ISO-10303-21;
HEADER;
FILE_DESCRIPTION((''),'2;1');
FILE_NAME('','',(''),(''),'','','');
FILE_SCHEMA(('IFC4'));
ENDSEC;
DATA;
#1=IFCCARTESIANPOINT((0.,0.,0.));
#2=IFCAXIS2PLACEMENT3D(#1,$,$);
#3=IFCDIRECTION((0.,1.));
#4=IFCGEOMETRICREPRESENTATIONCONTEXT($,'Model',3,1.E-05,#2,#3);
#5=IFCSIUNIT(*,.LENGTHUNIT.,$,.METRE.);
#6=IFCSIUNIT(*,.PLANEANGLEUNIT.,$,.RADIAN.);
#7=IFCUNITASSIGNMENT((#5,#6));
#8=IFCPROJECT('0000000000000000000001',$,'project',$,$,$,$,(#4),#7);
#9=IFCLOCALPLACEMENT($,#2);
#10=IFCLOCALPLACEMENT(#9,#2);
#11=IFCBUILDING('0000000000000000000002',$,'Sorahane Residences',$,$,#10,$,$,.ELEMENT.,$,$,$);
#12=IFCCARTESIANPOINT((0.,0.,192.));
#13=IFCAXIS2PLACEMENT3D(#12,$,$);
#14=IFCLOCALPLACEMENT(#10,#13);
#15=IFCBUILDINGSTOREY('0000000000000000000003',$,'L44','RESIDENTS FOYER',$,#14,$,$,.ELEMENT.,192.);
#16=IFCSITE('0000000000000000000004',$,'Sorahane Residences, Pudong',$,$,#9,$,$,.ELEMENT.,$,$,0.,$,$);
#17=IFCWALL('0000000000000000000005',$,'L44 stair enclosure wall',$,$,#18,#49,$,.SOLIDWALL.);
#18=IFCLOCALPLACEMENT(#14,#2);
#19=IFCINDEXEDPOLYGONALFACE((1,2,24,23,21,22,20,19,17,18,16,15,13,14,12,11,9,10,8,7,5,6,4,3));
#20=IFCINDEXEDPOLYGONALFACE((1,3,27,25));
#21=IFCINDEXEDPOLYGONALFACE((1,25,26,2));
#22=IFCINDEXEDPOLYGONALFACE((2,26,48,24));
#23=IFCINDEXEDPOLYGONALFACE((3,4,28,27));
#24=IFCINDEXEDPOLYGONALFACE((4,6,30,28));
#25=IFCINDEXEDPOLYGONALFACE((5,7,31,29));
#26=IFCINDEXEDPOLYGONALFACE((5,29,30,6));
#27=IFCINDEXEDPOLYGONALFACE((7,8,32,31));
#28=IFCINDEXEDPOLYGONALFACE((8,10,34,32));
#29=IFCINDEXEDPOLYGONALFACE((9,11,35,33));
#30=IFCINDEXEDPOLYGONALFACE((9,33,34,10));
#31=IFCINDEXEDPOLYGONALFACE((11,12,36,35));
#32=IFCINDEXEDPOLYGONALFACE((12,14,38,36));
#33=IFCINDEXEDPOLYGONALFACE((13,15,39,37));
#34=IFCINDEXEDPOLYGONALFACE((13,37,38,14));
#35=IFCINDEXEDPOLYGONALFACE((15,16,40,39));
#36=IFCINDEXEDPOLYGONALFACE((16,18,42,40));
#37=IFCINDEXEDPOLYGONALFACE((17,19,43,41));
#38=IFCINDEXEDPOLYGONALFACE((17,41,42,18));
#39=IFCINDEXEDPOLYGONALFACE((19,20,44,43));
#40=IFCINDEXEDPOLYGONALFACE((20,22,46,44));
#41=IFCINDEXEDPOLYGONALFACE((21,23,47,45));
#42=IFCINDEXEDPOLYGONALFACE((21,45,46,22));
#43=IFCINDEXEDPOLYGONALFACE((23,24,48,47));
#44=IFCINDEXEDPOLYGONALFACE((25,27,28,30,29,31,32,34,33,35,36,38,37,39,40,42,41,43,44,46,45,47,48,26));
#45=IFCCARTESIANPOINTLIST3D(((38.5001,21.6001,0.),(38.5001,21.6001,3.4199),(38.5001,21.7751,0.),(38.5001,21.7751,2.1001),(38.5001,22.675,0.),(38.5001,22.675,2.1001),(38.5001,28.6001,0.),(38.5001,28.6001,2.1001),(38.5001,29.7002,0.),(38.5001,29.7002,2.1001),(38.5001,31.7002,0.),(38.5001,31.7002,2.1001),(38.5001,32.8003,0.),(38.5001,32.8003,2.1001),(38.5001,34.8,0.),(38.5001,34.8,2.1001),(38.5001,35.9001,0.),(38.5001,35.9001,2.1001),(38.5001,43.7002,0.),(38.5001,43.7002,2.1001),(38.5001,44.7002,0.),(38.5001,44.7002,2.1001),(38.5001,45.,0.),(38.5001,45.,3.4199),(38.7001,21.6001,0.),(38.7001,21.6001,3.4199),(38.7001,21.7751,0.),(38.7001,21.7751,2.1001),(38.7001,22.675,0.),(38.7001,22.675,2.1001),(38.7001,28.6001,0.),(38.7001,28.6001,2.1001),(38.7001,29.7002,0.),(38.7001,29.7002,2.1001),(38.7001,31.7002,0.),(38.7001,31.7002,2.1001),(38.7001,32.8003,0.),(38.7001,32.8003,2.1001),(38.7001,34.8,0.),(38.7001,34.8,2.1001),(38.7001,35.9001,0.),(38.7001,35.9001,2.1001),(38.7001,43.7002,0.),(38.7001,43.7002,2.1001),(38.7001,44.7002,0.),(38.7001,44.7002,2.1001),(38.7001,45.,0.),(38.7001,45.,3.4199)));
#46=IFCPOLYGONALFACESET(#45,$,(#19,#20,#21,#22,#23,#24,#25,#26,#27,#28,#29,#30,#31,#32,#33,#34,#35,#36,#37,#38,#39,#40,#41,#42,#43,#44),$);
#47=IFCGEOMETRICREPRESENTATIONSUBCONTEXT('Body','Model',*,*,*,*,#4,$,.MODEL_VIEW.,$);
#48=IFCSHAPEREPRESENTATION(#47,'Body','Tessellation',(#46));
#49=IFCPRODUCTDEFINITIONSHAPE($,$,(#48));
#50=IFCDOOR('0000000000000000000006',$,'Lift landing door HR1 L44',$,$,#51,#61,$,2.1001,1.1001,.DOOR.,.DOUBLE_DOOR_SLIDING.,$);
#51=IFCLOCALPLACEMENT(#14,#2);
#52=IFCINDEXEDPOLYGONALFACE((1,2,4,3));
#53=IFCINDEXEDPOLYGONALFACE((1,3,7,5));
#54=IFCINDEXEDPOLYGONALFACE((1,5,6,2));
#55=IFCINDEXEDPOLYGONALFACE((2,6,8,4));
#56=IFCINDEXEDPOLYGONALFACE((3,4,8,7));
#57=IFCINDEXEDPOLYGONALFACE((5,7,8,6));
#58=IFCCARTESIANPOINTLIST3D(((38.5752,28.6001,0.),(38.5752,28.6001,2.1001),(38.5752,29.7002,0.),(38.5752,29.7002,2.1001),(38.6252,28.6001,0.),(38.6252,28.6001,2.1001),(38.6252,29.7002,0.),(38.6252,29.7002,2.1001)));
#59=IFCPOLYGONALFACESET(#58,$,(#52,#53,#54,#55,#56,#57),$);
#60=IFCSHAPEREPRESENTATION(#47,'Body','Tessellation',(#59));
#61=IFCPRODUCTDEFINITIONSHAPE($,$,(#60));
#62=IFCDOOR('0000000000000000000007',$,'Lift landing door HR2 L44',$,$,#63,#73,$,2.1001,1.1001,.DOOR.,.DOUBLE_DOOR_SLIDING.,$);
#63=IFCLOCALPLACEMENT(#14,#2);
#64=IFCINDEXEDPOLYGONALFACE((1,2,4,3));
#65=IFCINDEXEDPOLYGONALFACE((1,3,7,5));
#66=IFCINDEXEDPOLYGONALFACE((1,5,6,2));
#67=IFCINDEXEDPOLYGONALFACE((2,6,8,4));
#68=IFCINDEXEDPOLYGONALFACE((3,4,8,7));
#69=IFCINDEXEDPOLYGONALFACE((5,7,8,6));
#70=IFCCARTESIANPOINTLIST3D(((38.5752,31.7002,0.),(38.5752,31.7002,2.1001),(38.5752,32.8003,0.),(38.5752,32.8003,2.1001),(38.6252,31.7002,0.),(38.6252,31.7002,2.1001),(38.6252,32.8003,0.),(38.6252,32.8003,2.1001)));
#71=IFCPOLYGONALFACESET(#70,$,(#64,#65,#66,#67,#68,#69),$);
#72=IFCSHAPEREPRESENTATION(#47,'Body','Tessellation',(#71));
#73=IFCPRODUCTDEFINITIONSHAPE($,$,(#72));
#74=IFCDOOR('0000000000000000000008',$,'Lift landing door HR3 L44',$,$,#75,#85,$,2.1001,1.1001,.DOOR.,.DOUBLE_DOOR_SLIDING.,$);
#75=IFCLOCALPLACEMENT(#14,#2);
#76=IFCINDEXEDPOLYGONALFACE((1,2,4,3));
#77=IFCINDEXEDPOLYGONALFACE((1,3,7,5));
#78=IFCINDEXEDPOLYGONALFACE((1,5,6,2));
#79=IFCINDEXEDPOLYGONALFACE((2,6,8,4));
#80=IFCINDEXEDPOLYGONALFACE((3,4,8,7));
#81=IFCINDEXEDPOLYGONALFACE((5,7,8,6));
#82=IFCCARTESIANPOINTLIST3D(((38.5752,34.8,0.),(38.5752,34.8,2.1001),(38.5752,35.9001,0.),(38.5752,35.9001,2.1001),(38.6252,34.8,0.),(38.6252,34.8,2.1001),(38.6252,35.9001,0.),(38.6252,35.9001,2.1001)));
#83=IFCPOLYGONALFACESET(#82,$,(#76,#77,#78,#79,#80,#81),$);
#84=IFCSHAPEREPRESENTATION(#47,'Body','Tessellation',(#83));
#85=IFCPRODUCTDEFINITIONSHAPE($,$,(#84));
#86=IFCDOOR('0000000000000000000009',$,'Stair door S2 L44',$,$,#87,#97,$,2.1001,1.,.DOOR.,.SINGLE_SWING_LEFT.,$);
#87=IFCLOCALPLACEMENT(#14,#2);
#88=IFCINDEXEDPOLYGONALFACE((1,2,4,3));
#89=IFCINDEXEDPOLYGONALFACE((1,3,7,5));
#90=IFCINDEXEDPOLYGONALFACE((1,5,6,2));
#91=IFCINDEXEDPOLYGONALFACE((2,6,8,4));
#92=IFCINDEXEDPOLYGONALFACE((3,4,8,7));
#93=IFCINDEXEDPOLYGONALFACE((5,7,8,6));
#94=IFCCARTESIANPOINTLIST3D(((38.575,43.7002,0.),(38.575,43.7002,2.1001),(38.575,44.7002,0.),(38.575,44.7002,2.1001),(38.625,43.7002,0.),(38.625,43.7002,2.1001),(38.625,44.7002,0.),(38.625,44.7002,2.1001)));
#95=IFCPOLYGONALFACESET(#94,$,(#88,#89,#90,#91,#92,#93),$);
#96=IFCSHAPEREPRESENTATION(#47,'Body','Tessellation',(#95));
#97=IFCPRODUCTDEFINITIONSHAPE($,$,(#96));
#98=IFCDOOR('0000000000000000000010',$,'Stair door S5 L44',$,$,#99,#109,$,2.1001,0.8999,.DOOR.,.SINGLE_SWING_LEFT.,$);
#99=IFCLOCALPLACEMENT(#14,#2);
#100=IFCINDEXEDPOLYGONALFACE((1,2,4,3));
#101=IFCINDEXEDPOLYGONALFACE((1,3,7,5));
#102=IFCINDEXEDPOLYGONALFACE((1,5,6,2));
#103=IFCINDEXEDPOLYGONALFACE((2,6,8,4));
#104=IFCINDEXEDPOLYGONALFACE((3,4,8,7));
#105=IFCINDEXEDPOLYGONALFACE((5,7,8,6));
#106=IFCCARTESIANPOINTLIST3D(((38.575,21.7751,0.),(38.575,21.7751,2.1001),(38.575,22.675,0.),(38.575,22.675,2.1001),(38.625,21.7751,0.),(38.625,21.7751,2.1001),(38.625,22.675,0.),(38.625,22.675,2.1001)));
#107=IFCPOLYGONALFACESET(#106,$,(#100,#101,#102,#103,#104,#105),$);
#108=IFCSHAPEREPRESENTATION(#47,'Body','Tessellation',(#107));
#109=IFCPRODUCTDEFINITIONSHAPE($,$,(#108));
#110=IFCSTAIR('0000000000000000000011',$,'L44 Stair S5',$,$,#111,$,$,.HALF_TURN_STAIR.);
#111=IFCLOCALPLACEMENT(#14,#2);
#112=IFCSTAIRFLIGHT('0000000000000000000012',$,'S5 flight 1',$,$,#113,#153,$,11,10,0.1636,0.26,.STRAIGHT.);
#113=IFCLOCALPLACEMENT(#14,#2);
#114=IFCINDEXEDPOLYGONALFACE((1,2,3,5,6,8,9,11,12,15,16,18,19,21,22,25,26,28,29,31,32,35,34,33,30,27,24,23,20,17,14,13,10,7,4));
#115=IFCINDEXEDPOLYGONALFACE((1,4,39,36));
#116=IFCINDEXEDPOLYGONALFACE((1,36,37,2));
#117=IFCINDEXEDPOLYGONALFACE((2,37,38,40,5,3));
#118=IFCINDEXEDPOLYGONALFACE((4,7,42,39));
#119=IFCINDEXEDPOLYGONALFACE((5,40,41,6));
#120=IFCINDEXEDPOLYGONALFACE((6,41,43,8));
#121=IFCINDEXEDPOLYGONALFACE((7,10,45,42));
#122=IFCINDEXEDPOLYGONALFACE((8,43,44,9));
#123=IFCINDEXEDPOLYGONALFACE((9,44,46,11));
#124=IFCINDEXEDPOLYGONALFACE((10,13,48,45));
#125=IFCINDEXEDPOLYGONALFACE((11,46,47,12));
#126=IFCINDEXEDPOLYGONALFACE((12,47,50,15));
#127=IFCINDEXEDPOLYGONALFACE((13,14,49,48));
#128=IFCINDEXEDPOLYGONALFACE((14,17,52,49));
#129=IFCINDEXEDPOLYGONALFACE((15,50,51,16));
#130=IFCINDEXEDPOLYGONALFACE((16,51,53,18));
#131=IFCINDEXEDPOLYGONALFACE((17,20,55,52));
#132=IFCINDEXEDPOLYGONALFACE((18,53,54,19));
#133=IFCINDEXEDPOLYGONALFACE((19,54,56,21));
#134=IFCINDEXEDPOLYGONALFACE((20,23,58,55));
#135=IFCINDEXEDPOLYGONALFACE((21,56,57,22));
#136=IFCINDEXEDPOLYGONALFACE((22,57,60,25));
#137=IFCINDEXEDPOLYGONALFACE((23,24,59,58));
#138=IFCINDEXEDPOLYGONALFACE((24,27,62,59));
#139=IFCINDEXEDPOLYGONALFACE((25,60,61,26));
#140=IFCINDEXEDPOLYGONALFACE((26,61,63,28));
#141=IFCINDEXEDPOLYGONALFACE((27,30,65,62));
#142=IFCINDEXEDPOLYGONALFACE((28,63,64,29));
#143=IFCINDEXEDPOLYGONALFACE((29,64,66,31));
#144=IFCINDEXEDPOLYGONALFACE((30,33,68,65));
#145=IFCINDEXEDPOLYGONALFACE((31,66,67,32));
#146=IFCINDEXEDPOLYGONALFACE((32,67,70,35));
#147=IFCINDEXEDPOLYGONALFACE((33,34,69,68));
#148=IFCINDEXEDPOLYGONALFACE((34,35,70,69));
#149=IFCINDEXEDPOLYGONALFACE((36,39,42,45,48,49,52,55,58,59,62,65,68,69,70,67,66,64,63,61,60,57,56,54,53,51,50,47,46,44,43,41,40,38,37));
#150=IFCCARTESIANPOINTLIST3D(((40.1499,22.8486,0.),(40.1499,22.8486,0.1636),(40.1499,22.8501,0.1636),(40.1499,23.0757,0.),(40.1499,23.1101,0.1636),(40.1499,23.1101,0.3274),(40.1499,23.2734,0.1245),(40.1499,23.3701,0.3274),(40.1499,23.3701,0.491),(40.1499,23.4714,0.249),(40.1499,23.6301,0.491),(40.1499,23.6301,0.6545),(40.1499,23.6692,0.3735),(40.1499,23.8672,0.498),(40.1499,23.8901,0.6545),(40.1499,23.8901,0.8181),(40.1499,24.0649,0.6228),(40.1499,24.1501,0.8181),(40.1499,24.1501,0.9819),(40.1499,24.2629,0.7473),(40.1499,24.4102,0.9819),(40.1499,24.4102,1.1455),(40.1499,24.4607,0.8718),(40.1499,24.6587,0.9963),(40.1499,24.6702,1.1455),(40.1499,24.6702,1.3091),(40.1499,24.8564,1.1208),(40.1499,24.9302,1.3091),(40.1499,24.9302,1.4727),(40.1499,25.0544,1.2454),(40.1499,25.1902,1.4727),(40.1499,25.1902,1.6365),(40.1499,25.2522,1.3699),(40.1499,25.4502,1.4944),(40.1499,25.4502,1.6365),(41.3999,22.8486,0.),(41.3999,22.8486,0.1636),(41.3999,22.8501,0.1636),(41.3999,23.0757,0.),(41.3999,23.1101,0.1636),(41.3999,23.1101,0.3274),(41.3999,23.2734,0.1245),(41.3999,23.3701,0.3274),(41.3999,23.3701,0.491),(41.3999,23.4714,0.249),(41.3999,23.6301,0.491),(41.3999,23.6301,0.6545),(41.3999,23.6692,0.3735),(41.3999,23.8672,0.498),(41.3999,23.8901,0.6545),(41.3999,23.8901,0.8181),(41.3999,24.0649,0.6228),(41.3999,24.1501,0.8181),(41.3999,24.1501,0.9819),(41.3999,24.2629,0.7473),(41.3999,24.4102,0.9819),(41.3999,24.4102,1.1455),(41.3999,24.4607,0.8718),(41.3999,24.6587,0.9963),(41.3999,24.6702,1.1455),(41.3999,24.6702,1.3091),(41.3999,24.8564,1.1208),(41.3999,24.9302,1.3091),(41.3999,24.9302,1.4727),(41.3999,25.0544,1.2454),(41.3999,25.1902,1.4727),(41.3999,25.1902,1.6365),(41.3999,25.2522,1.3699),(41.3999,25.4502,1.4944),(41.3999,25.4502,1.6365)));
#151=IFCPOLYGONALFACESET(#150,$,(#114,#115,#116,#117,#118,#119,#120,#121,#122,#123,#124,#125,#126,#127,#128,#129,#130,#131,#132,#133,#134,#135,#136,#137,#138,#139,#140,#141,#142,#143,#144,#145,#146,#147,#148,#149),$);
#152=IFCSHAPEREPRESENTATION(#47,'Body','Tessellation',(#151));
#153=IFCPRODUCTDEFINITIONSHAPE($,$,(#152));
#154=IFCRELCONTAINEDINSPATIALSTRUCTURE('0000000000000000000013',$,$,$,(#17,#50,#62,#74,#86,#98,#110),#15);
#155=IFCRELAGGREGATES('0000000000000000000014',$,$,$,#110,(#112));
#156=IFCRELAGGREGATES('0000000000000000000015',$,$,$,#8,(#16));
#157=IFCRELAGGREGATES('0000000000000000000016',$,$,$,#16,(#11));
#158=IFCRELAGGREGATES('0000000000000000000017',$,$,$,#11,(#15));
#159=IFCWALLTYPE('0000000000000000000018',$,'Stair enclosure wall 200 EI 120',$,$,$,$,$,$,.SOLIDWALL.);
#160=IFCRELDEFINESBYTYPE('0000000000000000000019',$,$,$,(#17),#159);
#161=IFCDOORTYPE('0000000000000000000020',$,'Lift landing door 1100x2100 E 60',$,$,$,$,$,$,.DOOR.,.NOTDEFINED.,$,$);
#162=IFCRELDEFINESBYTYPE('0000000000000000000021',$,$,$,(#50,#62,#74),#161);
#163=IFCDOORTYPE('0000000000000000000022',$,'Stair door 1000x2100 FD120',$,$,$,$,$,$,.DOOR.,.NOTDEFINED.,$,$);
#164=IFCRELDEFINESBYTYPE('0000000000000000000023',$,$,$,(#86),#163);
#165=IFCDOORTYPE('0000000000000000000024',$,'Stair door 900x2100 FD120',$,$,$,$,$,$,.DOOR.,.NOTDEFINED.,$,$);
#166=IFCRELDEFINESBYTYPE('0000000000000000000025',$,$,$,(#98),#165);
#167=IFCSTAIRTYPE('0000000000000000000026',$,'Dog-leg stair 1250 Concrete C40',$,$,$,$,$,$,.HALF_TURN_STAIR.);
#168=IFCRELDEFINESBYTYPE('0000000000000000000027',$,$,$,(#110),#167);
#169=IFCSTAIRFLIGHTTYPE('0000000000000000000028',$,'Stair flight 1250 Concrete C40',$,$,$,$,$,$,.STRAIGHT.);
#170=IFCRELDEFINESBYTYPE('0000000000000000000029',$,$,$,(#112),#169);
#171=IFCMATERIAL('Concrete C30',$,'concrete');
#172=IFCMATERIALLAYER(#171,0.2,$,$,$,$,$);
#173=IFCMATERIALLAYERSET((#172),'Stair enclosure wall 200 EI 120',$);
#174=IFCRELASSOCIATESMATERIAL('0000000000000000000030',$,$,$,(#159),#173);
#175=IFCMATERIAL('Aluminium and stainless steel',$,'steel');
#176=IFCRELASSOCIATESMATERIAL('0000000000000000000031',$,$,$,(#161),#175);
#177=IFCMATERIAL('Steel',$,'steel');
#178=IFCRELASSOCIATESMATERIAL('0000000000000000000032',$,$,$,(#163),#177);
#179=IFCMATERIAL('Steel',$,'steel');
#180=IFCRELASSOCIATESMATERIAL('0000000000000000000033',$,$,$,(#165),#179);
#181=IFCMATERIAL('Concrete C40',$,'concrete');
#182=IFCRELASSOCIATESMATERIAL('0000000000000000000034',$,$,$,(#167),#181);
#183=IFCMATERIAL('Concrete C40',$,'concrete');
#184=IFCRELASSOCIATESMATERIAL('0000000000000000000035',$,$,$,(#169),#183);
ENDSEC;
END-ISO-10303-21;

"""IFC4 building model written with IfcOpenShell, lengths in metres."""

from ifc_helpers import new_model, si_unit, direction, frame, frame_2d, origin, place, context, subcontext, project, spatial, polyline, rectangle, outline, extrude, material, layer, layer_set, type_object, element, fill, aggregate, save


model = new_model("IFC4")

# Units and contexts
model_context = context("Model", 3, precision=1e-05, world=origin(), true_north=direction((0.0, 1.0)))
body_context = subcontext(model_context, "Body", "Model", "MODEL_VIEW")
ifc_project = project(units=[si_unit("LENGTHUNIT", "METRE"), si_unit("PLANEANGLEUNIT", "RADIAN")], contexts=[model_context])

# Site, building, storey
site_placement = place(None, origin())
site = spatial("IfcSite", under=ifc_project, at=site_placement, Name="Sorahane Residences, Pudong", CompositionType="ELEMENT", RefElevation=0.0)
building_placement = place(site_placement, origin())
building = spatial("IfcBuilding", under=site, at=building_placement, Name="Sorahane Residences", CompositionType="ELEMENT")
storey_placement = place(building_placement, frame((0.0, 0.0, 192.0)))
storey = spatial("IfcBuildingStorey", under=building, at=storey_placement, Name="L44", Description="RESIDENTS FOYER", CompositionType="ELEMENT", Elevation=192.0)

# Wall, openings, doors
ifc_material_1 = material(Name="Concrete C30", Category="concrete")
ifc_layer_1 = layer(ifc_material_1, 0.2)
ifc_layer_set_1 = layer_set([ifc_layer_1], Name="Stair enclosure wall 200 EI 120")
wall_type_1 = type_object("IfcWallType", Name="Stair enclosure wall 200 EI 120", PredefinedType="SOLIDWALL", material=ifc_layer_set_1)
wall_1_placement = place(storey_placement, frame((38.6001, 21.6001, 0.0), z_axis=(0.0, 0.0, 1.0), x_axis=(0.0, 1.0, 0.0)))
wall_1 = element("IfcWall", 1, at=wall_1_placement, inside=storey, type_object=wall_type_1, Name="L44 stair enclosure wall", PredefinedType="SOLIDWALL", context=body_context, shape_type="SweptSolid", body=[
    extrude(rectangle(XDim=23.3999, YDim=0.2, at=frame_2d((11.7, 0.0))), origin(), (0.0, 0.0, 1.0), 3.4199),
])
opening_1_placement = place(wall_1_placement, frame((7.0, 0.0, 0.0)))
opening_1 = element("IfcOpeningElement", 2, at=opening_1_placement, cuts=wall_1, PredefinedType="OPENING", context=body_context, shape_type="SweptSolid", body=[
    extrude(rectangle(XDim=1.1001, YDim=2.1001, at=frame_2d((0.55, 1.05))), frame((0.0, 0.1099, 0.0), z_axis=(0.0, -1.0, 0.0), x_axis=(1.0, 0.0, 0.0)), (0.0, 0.0, 1.0), 0.22),
])
opening_2_placement = place(wall_1_placement, frame((10.1001, 0.0, 0.0)))
opening_2 = element("IfcOpeningElement", 3, at=opening_2_placement, cuts=wall_1, PredefinedType="OPENING", context=body_context, shape_type="SweptSolid", body=[
    extrude(rectangle(XDim=1.1001, YDim=2.1001, at=frame_2d((0.55, 1.05))), frame((0.0, 0.1099, 0.0), z_axis=(0.0, -1.0, 0.0), x_axis=(1.0, 0.0, 0.0)), (0.0, 0.0, 1.0), 0.22),
])
opening_3_placement = place(wall_1_placement, frame((13.2, 0.0, 0.0)))
opening_3 = element("IfcOpeningElement", 4, at=opening_3_placement, cuts=wall_1, PredefinedType="OPENING", context=body_context, shape_type="SweptSolid", body=[
    extrude(rectangle(XDim=1.1001, YDim=2.1001, at=frame_2d((0.55, 1.05))), frame((0.0, 0.1099, 0.0), z_axis=(0.0, -1.0, 0.0), x_axis=(1.0, 0.0, 0.0)), (0.0, 0.0, 1.0), 0.22),
])
opening_4_placement = place(wall_1_placement, frame((22.1001, 0.0, 0.0)))
opening_4 = element("IfcOpeningElement", 5, at=opening_4_placement, cuts=wall_1, PredefinedType="OPENING", context=body_context, shape_type="SweptSolid", body=[
    extrude(rectangle(XDim=1.0, YDim=2.1001, at=frame_2d((0.5, 1.05))), frame((0.0, 0.1099, 0.0), z_axis=(0.0, -1.0, 0.0), x_axis=(1.0, 0.0, 0.0)), (0.0, 0.0, 1.0), 0.22),
])
opening_5_placement = place(wall_1_placement, frame((0.175, 0.0, 0.0)))
opening_5 = element("IfcOpeningElement", 6, at=opening_5_placement, cuts=wall_1, PredefinedType="OPENING", context=body_context, shape_type="SweptSolid", body=[
    extrude(rectangle(XDim=0.8999, YDim=2.1001, at=frame_2d((0.45, 1.05))), frame((0.0, 0.1099, 0.0), z_axis=(0.0, -1.0, 0.0), x_axis=(1.0, 0.0, 0.0)), (0.0, 0.0, 1.0), 0.22),
])
ifc_material_2 = material(Name="Aluminium and stainless steel", Category="steel")
door_type_1 = type_object("IfcDoorType", Name="Lift landing door 1100x2100 E 60", OperationType="NOTDEFINED", PredefinedType="DOOR", material=ifc_material_2)
door_1_placement = place(opening_1_placement, origin())
door_1 = element("IfcDoor", 7, at=door_1_placement, inside=storey, type_object=door_type_1, Name="Lift landing door HR1 L44", OperationType="DOUBLE_DOOR_SLIDING", OverallHeight=2.1001, OverallWidth=1.1001, PredefinedType="DOOR", context=body_context, shape_type="SweptSolid", body=[
    extrude(rectangle(XDim=1.1001, YDim=2.1001, at=frame_2d((0.55, 1.05))), frame((0.0, 0.0249, 0.0), z_axis=(0.0, -1.0, 0.0), x_axis=(1.0, 0.0, 0.0)), (0.0, 0.0, 1.0), 0.05),
])
fill(opening_1, door_1)
door_2_placement = place(opening_2_placement, origin())
door_2 = element("IfcDoor", 8, at=door_2_placement, inside=storey, type_object=door_type_1, Name="Lift landing door HR2 L44", OperationType="DOUBLE_DOOR_SLIDING", OverallHeight=2.1001, OverallWidth=1.1001, PredefinedType="DOOR", context=body_context, shape_type="SweptSolid", body=[
    extrude(rectangle(XDim=1.1001, YDim=2.1001, at=frame_2d((0.55, 1.05))), frame((0.0, 0.0249, 0.0), z_axis=(0.0, -1.0, 0.0), x_axis=(1.0, 0.0, 0.0)), (0.0, 0.0, 1.0), 0.05),
])
fill(opening_2, door_2)
door_3_placement = place(opening_3_placement, origin())
door_3 = element("IfcDoor", 9, at=door_3_placement, inside=storey, type_object=door_type_1, Name="Lift landing door HR3 L44", OperationType="DOUBLE_DOOR_SLIDING", OverallHeight=2.1001, OverallWidth=1.1001, PredefinedType="DOOR", context=body_context, shape_type="SweptSolid", body=[
    extrude(rectangle(XDim=1.1001, YDim=2.1001, at=frame_2d((0.55, 1.05))), frame((0.0, 0.0249, 0.0), z_axis=(0.0, -1.0, 0.0), x_axis=(1.0, 0.0, 0.0)), (0.0, 0.0, 1.0), 0.05),
])
fill(opening_3, door_3)
ifc_material_3 = material(Name="Steel", Category="steel")
door_type_2 = type_object("IfcDoorType", Name="Stair door 1000x2100 FD120", OperationType="NOTDEFINED", PredefinedType="DOOR", material=ifc_material_3)
door_4_placement = place(opening_4_placement, frame((1.0, 0.0, 0.0), z_axis=(0.0, 0.0, 1.0), x_axis=(-1.0, 0.0, 0.0)))
door_4 = element("IfcDoor", 10, at=door_4_placement, inside=storey, type_object=door_type_2, Name="Stair door S2 L44", OperationType="SINGLE_SWING_LEFT", OverallHeight=2.1001, OverallWidth=1.0, PredefinedType="DOOR", context=body_context, shape_type="SweptSolid", body=[
    extrude(rectangle(XDim=1.0, YDim=2.1001, at=frame_2d((0.5, 1.05))), frame((0.0, 0.0249, 0.0), z_axis=(0.0, -1.0, 0.0), x_axis=(1.0, 0.0, 0.0)), (0.0, 0.0, 1.0), 0.05),
])
fill(opening_4, door_4)
ifc_material_4 = material(Name="Steel", Category="steel")
door_type_3 = type_object("IfcDoorType", Name="Stair door 900x2100 FD120", OperationType="NOTDEFINED", PredefinedType="DOOR", material=ifc_material_4)
door_5_placement = place(opening_5_placement, frame((0.8999, 0.0, 0.0), z_axis=(0.0, 0.0, 1.0), x_axis=(-1.0, 0.0, 0.0)))
door_5 = element("IfcDoor", 11, at=door_5_placement, inside=storey, type_object=door_type_3, Name="Stair door S5 L44", OperationType="SINGLE_SWING_LEFT", OverallHeight=2.1001, OverallWidth=0.8999, PredefinedType="DOOR", context=body_context, shape_type="SweptSolid", body=[
    extrude(rectangle(XDim=0.8999, YDim=2.1001, at=frame_2d((0.45, 1.05))), frame((0.0, 0.0249, 0.0), z_axis=(0.0, -1.0, 0.0), x_axis=(1.0, 0.0, 0.0)), (0.0, 0.0, 1.0), 0.05),
])
fill(opening_5, door_5)

# Stair, stair flight
ifc_material_5 = material(Name="Concrete C40", Category="concrete")
stair_type = type_object("IfcStairType", Name="Dog-leg stair 1250 Concrete C40", PredefinedType="HALF_TURN_STAIR", material=ifc_material_5)
stair_placement = place(storey_placement, origin())
stair = element("IfcStair", 12, at=stair_placement, inside=storey, type_object=stair_type, Name="L44 Stair S5", PredefinedType="HALF_TURN_STAIR")
ifc_material_6 = material(Name="Concrete C40", Category="concrete")
stair_flight_type = type_object("IfcStairFlightType", Name="Stair flight 1250 Concrete C40", PredefinedType="STRAIGHT", material=ifc_material_6)
stair_flight_placement = place(storey_placement, frame((40.7749, 22.8501, 0.0), z_axis=(0.0, 0.0, 1.0), x_axis=(0.0, 1.0, 0.0)))
stair_flight = element("IfcStairFlight", 13, at=stair_flight_placement, type_object=stair_flight_type, Name="S5 flight 1", NumberOfRisers=11, NumberOfTreads=10, PredefinedType="STRAIGHT", RiserHeight=0.1636, TreadLength=0.26, context=body_context, shape_type="SweptSolid", body=[
    extrude(outline(polyline([(-0.0015, 0.0), (-0.0015, 0.1636), (0.0, 0.1636), (0.26, 0.1636), (0.26, 0.3274), (0.52, 0.3274), (0.52, 0.491), (0.78, 0.491), (0.78, 0.6545), (1.04, 0.6545), (1.04, 0.8181), (1.3, 0.8181), (1.3, 0.9819), (1.5601, 0.9819), (1.5601, 1.1455), (1.8201, 1.1455), (1.8201, 1.3091), (2.0801, 1.3091), (2.0801, 1.4727), (2.3401, 1.4727), (2.3401, 1.6365), (2.6001, 1.6365), (2.6001, 1.8), (2.6001, 1.4944), (2.4021, 1.3699), (2.2043, 1.2454), (2.0063, 1.1208), (1.8086, 0.9963), (1.6106, 0.8718), (1.4128, 0.7473), (1.2148, 0.6228), (1.0171, 0.498), (0.8191, 0.3735), (0.6213, 0.249), (0.4233, 0.1245), (0.2256, 0.0), (-0.0015, 0.0)])), frame((0.0, 0.625, 0.0), z_axis=(0.0, -1.0, 0.0), x_axis=(1.0, 0.0, 0.0)), (0.0, 0.0, 1.0), 1.25),
])
aggregate(stair, [stair_flight])

save(model, "model.ifc")
